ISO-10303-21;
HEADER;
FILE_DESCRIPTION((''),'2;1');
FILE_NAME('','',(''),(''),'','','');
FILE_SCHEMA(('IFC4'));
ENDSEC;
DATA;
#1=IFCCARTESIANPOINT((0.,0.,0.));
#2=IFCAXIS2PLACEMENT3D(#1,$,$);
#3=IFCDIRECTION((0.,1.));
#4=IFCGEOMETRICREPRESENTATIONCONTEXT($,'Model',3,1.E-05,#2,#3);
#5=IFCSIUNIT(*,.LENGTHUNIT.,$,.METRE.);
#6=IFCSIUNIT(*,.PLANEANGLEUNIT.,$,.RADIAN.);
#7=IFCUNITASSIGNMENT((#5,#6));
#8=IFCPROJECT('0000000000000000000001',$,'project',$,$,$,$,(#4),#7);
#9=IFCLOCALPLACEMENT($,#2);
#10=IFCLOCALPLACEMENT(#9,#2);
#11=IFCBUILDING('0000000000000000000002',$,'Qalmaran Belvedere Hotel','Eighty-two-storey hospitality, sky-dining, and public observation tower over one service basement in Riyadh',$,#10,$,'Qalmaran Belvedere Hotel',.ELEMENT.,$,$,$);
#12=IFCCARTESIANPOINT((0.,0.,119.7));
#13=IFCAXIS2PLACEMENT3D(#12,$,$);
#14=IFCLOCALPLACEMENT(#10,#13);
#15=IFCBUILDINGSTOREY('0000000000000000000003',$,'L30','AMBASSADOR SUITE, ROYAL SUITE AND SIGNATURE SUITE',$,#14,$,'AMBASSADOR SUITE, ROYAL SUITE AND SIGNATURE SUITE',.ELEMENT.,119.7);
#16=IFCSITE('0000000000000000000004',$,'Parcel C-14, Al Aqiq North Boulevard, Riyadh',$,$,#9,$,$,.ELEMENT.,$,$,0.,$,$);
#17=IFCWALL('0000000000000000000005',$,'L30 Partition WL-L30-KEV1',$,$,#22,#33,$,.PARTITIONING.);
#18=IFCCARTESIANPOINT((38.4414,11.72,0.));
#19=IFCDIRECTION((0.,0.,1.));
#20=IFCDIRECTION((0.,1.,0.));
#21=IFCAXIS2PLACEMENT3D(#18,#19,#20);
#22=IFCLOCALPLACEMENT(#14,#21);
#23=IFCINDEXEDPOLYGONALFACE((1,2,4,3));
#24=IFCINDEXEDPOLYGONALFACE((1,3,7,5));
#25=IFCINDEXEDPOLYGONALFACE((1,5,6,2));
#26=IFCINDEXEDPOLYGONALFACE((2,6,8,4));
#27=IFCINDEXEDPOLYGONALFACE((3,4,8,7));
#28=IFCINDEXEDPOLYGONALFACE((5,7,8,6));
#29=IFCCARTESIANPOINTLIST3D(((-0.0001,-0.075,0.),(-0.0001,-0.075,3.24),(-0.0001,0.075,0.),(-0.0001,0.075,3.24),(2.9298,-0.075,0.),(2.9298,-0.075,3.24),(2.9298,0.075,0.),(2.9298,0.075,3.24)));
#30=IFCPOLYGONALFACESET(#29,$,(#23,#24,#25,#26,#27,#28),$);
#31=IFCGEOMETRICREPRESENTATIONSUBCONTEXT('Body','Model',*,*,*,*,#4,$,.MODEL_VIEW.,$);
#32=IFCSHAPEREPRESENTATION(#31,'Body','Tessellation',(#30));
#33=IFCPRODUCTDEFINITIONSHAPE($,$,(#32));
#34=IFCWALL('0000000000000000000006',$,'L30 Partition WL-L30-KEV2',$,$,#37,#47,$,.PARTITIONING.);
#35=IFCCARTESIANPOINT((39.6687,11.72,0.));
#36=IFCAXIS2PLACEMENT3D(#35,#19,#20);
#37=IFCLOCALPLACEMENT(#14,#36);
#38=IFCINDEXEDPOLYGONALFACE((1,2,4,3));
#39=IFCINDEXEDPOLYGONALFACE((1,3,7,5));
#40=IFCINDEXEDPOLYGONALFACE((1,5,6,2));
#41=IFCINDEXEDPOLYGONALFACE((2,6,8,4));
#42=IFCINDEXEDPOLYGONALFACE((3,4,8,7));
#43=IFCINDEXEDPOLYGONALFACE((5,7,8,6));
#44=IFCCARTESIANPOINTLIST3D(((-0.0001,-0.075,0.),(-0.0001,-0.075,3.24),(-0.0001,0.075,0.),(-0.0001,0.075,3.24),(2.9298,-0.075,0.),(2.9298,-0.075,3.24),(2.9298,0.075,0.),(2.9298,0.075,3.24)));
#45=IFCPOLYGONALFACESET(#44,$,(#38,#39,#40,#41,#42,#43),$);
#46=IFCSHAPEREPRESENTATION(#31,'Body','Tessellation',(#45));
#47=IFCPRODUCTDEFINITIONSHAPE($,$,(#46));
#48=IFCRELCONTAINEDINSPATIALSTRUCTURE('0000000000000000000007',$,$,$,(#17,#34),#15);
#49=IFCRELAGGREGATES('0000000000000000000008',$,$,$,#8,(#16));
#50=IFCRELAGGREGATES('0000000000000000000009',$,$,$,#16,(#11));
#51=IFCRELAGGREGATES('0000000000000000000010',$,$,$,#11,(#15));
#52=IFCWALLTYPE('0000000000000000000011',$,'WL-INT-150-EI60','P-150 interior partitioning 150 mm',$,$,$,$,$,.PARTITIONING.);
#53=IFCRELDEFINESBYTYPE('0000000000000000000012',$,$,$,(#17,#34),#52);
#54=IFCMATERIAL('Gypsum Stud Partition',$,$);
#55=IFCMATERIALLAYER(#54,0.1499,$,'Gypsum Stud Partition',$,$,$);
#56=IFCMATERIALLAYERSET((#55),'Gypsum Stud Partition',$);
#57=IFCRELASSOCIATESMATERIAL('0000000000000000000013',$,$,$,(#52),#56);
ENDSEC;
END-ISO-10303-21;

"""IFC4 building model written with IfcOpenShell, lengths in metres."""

from ifc_helpers import new_model, si_unit, direction, frame, frame_2d, origin, place, context, subcontext, project, spatial, rectangle, extrude, material, layer, layer_set, type_object, element, save


model = new_model("IFC4")

# Units and contexts
model_context = context("Model", 3, precision=1e-05, world=origin(), true_north=direction((0.0, 1.0)))
body_context = subcontext(model_context, "Body", "Model", "MODEL_VIEW")
ifc_project = project(units=[si_unit("LENGTHUNIT", "METRE"), si_unit("PLANEANGLEUNIT", "RADIAN")], contexts=[model_context])

# Site, building, storey
site_placement = place(None, origin())
site = spatial("IfcSite", under=ifc_project, at=site_placement, Name="Parcel C-14, Al Aqiq North Boulevard, Riyadh", CompositionType="ELEMENT", RefElevation=0.0)
building_placement = place(site_placement, origin())
building = spatial("IfcBuilding", under=site, at=building_placement, Name="Qalmaran Belvedere Hotel", Description="Eighty-two-storey hospitality, sky-dining, and public observation tower over one service basement in Riyadh", LongName="Qalmaran Belvedere Hotel", CompositionType="ELEMENT")
storey_placement = place(building_placement, frame((0.0, 0.0, 119.7)))
storey = spatial("IfcBuildingStorey", under=building, at=storey_placement, Name="L30", Description="AMBASSADOR SUITE, ROYAL SUITE AND SIGNATURE SUITE", LongName="AMBASSADOR SUITE, ROYAL SUITE AND SIGNATURE SUITE", CompositionType="ELEMENT", Elevation=119.7)

# Walls
ifc_material_1 = material(Name="Gypsum Stud Partition")
ifc_layer_1 = layer(ifc_material_1, 0.1499, Name="Gypsum Stud Partition")
ifc_layer_set_1 = layer_set([ifc_layer_1], Name="Gypsum Stud Partition")
wall_type_1 = type_object("IfcWallType", Name="WL-INT-150-EI60", Description="P-150 interior partitioning 150 mm", PredefinedType="PARTITIONING", material=ifc_layer_set_1)
for number, where, z_axis, x_axis, name in (
    (1, (38.4414, 11.72, 0.0), (0.0, 0.0, 1.0), (0.0, 1.0, 0.0), "L30 Partition WL-L30-KEV1"),
    (2, (39.6687, 11.72, 0.0), (0.0, 0.0, 1.0), (0.0, 1.0, 0.0), "L30 Partition WL-L30-KEV2"),
):
    element("IfcWall", number, at=place(storey_placement, frame(where, z_axis=z_axis, x_axis=x_axis)), inside=storey, type_object=wall_type_1, Name=name, PredefinedType="PARTITIONING", context=body_context, shape_type="SweptSolid", body=[
        extrude(rectangle(XDim=2.9299, YDim=0.1499, at=frame_2d((1.4648, 0.0))), origin(), (0.0, 0.0, 1.0), 3.24),
    ])

save(model, "model.ifc")
